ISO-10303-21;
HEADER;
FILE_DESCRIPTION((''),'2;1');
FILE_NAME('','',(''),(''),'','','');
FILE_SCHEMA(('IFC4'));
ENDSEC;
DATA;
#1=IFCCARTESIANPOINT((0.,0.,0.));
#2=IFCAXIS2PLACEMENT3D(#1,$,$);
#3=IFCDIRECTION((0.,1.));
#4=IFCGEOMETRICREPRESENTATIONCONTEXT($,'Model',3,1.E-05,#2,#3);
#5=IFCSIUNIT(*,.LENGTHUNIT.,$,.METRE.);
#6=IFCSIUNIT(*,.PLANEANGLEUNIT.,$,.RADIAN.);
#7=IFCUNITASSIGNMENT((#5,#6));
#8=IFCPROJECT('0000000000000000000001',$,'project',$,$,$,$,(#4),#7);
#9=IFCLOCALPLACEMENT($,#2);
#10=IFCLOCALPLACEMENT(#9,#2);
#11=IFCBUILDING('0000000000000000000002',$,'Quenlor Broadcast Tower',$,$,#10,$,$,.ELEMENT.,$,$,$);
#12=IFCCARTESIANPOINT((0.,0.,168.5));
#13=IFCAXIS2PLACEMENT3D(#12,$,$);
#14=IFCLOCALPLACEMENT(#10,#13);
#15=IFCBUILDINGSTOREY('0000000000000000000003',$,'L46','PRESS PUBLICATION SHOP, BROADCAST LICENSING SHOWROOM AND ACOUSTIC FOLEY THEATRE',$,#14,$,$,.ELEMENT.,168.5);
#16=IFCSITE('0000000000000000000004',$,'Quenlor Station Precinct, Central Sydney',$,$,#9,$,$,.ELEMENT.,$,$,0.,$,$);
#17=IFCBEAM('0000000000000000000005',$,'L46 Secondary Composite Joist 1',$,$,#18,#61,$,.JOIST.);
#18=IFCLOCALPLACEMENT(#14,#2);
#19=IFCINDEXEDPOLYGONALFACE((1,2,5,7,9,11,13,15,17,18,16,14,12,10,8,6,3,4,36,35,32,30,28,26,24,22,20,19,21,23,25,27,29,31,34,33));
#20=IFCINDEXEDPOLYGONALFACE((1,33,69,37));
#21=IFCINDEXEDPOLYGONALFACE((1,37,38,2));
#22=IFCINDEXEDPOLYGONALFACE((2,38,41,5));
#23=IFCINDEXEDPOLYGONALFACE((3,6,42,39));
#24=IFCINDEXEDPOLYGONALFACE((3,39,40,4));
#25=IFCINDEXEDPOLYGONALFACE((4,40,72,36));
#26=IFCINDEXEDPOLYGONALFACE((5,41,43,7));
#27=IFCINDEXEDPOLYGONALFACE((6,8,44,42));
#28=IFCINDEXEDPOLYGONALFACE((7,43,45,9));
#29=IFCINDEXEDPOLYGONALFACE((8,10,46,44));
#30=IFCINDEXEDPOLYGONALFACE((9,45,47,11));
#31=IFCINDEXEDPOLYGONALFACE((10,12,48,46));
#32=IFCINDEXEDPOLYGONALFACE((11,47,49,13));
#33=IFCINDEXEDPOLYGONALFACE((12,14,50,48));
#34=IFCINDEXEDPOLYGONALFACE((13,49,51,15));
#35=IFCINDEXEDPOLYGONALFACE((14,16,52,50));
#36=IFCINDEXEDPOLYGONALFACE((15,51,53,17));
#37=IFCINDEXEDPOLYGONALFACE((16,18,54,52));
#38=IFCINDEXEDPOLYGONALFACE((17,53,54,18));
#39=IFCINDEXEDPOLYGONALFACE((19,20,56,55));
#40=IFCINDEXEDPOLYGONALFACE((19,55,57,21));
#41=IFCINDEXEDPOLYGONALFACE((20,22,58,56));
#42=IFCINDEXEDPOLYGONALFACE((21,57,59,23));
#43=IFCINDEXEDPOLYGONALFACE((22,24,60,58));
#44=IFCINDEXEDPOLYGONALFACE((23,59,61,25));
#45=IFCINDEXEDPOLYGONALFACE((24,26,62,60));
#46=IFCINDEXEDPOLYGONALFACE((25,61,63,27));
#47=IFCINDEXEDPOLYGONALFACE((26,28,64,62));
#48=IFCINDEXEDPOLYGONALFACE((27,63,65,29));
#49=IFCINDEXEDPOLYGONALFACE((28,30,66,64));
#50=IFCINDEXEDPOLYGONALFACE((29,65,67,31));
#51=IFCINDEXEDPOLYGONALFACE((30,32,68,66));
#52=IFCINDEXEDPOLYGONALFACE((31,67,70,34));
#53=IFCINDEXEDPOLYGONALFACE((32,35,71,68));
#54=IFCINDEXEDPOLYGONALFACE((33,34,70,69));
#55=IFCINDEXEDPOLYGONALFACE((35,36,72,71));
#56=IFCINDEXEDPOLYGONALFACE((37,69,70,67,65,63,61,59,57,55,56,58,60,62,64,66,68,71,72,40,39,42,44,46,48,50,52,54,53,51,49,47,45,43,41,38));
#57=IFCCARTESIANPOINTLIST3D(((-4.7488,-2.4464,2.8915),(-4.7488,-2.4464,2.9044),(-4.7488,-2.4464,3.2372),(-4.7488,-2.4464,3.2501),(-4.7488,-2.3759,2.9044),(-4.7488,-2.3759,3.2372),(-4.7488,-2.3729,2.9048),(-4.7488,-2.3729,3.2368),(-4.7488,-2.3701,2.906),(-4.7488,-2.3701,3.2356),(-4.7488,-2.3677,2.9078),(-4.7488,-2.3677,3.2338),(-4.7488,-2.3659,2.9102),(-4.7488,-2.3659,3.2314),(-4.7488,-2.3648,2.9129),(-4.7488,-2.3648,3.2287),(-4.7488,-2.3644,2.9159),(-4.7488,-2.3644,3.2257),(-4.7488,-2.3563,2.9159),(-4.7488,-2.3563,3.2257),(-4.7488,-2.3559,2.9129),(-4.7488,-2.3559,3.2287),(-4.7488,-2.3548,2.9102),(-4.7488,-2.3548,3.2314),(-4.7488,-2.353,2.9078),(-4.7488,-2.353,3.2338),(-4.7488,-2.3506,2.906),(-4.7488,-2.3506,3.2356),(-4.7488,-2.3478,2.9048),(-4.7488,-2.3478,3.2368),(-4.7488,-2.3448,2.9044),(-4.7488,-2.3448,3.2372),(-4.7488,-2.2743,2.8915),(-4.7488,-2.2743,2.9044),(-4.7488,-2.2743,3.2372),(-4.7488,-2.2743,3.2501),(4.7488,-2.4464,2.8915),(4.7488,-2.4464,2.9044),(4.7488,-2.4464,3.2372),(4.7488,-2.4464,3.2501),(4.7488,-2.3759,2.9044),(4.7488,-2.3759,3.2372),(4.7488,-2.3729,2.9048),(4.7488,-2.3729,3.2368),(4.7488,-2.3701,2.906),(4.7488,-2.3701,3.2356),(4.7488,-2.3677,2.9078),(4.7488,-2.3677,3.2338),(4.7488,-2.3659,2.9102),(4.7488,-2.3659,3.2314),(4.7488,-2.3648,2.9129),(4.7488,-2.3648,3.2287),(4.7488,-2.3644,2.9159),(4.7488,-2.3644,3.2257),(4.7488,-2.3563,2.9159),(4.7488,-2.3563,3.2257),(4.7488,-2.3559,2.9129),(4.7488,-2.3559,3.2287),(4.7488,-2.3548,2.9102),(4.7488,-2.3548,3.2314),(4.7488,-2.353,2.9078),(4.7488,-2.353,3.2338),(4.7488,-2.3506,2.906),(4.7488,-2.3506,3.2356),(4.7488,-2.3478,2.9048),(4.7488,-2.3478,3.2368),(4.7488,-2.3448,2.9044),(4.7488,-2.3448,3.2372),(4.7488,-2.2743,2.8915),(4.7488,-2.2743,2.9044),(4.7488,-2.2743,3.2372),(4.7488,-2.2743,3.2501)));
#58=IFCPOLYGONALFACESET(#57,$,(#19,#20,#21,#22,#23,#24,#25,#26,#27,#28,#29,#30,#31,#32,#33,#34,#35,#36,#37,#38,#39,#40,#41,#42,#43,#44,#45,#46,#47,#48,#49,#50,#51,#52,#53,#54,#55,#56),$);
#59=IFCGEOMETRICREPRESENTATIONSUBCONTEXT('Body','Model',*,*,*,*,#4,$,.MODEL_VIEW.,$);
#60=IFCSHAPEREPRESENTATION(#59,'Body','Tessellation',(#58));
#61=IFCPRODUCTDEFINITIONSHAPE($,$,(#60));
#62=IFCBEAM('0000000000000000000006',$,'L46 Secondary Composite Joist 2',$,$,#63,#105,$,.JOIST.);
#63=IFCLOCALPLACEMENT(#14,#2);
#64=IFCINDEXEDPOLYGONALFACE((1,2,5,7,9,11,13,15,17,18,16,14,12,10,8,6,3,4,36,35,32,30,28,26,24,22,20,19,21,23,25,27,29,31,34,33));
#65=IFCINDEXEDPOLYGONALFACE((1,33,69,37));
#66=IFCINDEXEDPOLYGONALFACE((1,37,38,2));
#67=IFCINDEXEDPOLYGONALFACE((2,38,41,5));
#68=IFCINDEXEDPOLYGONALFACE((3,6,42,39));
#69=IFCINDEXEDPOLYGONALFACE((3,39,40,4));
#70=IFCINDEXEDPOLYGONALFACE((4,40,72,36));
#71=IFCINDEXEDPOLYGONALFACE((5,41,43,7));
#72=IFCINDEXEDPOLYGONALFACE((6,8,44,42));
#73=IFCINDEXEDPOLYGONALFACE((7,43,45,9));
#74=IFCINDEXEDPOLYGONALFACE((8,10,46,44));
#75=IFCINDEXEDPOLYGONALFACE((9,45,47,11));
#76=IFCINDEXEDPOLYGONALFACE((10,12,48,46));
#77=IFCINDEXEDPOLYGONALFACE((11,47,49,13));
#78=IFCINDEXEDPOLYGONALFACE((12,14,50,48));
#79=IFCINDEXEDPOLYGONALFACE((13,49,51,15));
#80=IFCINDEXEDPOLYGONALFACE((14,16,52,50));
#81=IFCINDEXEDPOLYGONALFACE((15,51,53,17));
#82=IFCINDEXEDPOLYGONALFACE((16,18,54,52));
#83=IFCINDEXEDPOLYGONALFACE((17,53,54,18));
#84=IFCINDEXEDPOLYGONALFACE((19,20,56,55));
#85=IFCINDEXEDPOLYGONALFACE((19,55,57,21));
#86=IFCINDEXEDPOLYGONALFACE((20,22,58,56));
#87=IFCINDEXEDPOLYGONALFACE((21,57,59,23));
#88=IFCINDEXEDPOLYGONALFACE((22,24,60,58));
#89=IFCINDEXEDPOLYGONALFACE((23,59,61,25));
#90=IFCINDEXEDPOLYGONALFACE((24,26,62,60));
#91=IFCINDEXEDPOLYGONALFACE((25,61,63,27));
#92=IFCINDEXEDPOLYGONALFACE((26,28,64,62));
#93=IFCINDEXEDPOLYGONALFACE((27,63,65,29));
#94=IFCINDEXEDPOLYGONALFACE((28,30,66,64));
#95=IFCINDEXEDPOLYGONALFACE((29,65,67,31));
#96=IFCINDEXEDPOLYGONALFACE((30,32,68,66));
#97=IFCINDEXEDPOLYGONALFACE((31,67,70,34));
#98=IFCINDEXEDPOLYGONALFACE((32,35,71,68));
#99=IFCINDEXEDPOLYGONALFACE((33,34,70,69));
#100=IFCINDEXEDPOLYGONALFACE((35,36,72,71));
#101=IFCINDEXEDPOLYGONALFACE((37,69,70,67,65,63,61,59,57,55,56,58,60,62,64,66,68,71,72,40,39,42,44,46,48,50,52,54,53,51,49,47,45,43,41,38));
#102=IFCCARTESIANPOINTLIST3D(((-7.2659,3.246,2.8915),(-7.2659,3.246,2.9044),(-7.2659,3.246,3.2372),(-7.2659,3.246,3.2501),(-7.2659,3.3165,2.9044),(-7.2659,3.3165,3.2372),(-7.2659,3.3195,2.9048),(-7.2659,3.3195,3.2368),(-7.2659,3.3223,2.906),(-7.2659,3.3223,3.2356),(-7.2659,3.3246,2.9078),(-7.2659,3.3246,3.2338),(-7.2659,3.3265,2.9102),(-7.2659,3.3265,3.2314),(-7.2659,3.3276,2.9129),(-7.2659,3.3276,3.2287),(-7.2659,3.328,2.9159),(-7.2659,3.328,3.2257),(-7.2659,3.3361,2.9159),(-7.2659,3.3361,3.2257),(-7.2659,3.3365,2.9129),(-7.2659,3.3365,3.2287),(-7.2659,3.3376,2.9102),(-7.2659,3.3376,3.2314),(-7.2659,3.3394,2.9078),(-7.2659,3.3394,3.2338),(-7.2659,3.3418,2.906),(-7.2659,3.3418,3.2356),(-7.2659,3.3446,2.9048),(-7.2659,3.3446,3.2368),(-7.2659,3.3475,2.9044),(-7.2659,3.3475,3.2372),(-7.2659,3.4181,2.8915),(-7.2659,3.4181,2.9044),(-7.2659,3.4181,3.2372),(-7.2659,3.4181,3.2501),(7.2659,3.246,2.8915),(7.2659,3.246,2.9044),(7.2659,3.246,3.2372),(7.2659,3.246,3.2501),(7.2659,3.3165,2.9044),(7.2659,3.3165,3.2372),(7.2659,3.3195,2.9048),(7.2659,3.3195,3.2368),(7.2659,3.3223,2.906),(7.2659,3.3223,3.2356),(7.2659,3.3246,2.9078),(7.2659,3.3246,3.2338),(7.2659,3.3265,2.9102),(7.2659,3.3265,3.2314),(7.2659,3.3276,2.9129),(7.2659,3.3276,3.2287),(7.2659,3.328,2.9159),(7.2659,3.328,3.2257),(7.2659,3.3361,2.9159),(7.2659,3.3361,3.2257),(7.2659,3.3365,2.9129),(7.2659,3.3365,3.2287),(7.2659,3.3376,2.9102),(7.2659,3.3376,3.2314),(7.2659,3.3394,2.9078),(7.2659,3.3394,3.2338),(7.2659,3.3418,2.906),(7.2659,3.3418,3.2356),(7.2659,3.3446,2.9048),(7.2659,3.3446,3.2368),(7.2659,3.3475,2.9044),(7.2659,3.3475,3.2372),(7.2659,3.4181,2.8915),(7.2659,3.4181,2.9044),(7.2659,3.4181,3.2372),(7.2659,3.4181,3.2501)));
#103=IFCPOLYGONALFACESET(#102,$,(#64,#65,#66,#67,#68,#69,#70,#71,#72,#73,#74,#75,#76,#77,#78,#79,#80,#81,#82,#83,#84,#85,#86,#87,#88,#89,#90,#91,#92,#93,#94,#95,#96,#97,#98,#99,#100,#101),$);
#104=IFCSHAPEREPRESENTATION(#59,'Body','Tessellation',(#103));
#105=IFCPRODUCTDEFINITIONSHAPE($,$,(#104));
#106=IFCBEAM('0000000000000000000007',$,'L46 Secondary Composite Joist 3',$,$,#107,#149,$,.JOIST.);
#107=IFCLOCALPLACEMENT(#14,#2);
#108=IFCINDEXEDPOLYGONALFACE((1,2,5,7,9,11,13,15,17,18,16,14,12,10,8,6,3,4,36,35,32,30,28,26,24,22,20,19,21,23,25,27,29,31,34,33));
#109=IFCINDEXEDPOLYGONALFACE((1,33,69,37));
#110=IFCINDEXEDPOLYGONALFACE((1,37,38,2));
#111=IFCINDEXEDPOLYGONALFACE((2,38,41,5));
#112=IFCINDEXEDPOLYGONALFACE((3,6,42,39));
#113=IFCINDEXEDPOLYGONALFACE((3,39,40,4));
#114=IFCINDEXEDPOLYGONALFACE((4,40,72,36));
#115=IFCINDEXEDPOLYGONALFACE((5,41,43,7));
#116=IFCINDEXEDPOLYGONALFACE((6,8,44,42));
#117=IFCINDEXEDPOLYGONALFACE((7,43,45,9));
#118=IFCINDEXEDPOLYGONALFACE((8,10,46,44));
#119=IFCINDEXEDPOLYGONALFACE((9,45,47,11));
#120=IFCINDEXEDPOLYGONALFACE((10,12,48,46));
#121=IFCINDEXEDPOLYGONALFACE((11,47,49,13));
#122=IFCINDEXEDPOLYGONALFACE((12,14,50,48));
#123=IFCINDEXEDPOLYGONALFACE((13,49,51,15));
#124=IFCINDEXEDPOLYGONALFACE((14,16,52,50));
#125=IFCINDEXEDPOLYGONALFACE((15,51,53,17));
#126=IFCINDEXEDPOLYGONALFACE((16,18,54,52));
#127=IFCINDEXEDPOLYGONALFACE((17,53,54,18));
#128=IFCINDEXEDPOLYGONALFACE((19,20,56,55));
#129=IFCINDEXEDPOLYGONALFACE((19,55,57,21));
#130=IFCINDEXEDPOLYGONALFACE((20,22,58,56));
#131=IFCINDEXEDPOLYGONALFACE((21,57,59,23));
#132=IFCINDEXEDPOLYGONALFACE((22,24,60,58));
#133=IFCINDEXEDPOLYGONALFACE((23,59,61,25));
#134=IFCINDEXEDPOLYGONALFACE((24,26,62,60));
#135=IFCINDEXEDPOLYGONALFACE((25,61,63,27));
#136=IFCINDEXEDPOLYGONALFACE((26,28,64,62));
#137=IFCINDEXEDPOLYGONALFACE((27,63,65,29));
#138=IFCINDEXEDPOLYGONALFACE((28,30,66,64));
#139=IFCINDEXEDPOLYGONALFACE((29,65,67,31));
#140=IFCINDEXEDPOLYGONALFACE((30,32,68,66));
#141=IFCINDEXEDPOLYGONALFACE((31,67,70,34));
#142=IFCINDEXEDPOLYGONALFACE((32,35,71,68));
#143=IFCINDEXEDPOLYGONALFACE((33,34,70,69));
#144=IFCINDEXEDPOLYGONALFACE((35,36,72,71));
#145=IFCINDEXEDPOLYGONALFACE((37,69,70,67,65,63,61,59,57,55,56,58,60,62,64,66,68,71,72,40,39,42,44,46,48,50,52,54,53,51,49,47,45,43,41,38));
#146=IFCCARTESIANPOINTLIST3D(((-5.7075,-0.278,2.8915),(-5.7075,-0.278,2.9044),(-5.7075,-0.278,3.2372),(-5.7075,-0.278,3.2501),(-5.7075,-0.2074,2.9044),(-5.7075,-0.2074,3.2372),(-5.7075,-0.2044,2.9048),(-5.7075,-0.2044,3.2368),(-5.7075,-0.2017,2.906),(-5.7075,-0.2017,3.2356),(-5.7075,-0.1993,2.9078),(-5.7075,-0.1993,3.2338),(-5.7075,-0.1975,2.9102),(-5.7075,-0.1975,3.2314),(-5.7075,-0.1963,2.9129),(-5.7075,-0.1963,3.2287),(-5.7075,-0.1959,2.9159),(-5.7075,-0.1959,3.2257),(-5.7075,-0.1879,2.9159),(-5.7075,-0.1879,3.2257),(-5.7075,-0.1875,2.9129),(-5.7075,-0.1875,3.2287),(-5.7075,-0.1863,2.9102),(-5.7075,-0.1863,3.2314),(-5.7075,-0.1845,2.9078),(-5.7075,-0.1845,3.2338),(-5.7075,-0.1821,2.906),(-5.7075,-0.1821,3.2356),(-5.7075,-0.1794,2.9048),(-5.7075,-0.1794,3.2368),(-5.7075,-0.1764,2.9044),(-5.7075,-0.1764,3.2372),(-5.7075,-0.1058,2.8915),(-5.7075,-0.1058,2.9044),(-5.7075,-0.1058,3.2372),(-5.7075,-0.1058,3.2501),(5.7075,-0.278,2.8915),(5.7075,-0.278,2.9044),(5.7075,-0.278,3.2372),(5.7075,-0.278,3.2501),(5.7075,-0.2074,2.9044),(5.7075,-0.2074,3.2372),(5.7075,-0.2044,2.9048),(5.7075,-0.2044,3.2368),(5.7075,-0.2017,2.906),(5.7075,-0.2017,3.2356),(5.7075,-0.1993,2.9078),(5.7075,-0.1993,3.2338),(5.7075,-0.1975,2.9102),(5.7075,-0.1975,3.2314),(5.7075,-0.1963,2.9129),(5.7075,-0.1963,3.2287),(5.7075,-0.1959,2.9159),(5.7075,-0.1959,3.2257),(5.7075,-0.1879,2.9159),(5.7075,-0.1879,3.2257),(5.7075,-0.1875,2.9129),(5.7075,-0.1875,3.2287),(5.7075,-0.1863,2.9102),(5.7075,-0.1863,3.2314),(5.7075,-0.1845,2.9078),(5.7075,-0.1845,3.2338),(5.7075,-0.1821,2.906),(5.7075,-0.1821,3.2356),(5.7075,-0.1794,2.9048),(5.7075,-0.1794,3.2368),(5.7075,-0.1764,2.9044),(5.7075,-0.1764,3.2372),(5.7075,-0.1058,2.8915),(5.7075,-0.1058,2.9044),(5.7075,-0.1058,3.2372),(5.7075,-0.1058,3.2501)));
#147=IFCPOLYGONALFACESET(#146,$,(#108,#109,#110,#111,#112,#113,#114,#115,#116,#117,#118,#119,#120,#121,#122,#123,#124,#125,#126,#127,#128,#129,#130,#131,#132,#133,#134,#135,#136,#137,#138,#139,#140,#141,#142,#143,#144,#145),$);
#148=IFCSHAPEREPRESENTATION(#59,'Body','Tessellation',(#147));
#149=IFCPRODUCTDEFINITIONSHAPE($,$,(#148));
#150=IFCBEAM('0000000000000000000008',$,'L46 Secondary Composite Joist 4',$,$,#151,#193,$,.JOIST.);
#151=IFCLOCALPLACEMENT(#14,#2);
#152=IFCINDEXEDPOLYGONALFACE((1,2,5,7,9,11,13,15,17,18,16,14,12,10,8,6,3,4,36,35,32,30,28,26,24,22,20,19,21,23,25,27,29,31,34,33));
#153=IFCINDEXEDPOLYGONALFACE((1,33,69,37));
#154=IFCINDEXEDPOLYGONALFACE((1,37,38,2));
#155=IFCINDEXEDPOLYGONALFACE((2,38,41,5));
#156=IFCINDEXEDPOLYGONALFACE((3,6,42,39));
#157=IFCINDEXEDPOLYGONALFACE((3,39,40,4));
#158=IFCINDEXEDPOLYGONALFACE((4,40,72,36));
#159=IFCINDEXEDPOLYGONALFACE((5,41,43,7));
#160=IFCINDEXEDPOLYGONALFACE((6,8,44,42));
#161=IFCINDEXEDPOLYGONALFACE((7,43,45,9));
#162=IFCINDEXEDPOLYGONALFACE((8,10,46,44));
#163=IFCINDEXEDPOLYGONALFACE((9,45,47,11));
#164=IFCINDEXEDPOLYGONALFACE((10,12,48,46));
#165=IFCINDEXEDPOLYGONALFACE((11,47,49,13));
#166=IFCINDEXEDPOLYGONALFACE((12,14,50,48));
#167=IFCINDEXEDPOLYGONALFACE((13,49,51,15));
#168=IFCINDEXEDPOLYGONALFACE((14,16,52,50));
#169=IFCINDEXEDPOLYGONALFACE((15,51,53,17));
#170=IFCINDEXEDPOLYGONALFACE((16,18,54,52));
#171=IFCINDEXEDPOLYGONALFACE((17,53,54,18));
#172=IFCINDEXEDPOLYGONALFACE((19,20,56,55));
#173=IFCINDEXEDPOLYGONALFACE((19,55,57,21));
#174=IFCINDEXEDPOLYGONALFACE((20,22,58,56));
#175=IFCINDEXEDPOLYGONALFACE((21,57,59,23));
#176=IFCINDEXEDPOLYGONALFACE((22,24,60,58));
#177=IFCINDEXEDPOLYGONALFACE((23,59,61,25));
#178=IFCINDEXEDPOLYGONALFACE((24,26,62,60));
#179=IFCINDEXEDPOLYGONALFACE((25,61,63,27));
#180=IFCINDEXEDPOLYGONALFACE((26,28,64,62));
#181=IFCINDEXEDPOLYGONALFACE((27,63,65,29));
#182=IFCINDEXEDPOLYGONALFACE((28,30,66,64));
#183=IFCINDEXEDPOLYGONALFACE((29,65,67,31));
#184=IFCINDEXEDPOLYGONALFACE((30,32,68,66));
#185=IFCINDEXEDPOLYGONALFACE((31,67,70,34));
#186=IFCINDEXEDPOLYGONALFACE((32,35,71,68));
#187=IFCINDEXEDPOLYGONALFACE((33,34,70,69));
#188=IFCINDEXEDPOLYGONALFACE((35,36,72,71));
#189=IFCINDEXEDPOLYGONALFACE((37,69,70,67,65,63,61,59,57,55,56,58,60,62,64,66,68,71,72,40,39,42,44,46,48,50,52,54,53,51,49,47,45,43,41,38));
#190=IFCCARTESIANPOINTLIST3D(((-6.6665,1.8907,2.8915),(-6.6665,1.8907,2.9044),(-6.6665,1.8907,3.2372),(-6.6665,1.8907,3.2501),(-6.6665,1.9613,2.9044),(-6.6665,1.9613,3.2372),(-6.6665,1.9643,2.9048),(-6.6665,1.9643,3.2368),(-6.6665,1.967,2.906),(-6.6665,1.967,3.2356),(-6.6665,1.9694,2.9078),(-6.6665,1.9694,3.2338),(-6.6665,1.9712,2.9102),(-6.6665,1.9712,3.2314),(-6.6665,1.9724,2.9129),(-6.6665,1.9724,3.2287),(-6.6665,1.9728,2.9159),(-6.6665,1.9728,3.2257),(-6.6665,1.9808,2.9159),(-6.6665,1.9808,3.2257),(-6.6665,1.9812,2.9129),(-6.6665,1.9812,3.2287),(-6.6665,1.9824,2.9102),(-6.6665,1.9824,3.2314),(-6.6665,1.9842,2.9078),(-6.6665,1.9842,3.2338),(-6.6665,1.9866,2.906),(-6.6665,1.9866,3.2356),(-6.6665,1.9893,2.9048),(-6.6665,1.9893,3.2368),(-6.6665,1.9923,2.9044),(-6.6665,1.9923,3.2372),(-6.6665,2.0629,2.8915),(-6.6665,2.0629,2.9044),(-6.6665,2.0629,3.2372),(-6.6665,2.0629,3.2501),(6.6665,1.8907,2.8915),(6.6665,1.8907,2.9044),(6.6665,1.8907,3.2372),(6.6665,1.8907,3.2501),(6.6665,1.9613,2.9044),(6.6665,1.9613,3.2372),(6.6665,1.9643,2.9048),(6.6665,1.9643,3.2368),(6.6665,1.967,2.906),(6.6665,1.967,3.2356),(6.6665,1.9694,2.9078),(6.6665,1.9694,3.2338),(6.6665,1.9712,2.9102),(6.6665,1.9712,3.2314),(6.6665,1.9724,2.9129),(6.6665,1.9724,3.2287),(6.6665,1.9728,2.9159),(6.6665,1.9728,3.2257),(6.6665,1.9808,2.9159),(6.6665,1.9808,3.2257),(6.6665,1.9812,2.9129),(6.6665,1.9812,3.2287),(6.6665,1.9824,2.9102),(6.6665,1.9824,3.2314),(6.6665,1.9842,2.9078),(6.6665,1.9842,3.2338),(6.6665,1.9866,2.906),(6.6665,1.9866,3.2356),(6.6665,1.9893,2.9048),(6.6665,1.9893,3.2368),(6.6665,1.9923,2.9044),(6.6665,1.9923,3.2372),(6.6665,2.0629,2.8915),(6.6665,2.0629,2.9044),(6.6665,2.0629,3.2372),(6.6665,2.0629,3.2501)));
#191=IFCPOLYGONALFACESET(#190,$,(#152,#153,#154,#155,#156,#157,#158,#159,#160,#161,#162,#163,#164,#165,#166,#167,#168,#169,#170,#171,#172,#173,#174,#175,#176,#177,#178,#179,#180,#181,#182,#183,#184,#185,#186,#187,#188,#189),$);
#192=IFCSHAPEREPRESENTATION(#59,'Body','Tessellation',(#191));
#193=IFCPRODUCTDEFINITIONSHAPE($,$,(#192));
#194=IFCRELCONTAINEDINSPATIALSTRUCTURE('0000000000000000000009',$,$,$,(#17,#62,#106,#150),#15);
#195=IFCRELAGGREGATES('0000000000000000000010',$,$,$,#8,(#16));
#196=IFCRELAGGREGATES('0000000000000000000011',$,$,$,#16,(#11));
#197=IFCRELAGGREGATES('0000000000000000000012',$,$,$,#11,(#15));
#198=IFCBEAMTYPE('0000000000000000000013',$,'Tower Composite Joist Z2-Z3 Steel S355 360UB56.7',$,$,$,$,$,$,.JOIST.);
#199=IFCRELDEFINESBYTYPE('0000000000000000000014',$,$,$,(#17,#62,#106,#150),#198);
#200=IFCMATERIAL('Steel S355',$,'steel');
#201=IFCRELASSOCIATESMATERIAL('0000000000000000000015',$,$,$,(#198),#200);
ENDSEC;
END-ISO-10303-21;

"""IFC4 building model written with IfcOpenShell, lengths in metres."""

from ifc_helpers import new_model, si_unit, direction, frame, origin, origin_2d, place, context, subcontext, project, spatial, i_section, extrude, material, material_profile, profile_set, type_object, element, save


model = new_model("IFC4")

# Units and contexts
model_context = context("Model", 3, precision=1e-05, world=origin(), true_north=direction((0.0, 1.0)))
body_context = subcontext(model_context, "Body", "Model", "MODEL_VIEW")
ifc_project = project(units=[si_unit("LENGTHUNIT", "METRE"), si_unit("PLANEANGLEUNIT", "RADIAN")], contexts=[model_context])

# Site, building, storey
site_placement = place(None, origin())
site = spatial("IfcSite", under=ifc_project, at=site_placement, Name="Quenlor Station Precinct, Central Sydney", CompositionType="ELEMENT", RefElevation=0.0)
building_placement = place(site_placement, origin())
building = spatial("IfcBuilding", under=site, at=building_placement, Name="Quenlor Broadcast Tower", CompositionType="ELEMENT")
storey_placement = place(building_placement, frame((0.0, 0.0, 168.5)))
storey = spatial("IfcBuildingStorey", under=building, at=storey_placement, Name="L46", Description="PRESS PUBLICATION SHOP, BROADCAST LICENSING SHOWROOM AND ACOUSTIC FOLEY THEATRE", CompositionType="ELEMENT", Elevation=168.5)

# Beams
ifc_material_1 = material(Name="Steel S355", Category="steel")
ifc_material_profile_1 = material_profile(ifc_material_1, i_section(OverallWidth=0.1721, OverallDepth=0.3586, WebThickness=0.0081, FlangeThickness=0.0129, FilletRadius=0.0115, at=origin_2d()))
ifc_profile_set_1 = profile_set([ifc_material_profile_1], Name="Steel S355 360UB56.7")
beam_type_1 = type_object("IfcBeamType", Name="Tower Composite Joist Z2-Z3 Steel S355 360UB56.7", PredefinedType="JOIST", material=ifc_profile_set_1)
beam_1_placement = place(storey_placement, frame((-4.7488, -2.3604, 3.0708), z_axis=(1.0, 0.0, 0.0), x_axis=(0.0, 1.0, 0.0)))
element("IfcBeam", 1, at=beam_1_placement, inside=storey, type_object=beam_type_1, Name="L46 Secondary Composite Joist 1", PredefinedType="JOIST", context=body_context, shape_type="SweptSolid", body=[
    extrude(i_section(OverallWidth=0.1721, OverallDepth=0.3586, WebThickness=0.0081, FlangeThickness=0.0129, FilletRadius=0.0115, at=origin_2d()), origin(), (0.0, 0.0, 1.0), 9.4976),
])
beam_2_placement = place(storey_placement, frame((-7.2659, 3.332, 3.0708), z_axis=(1.0, 0.0, 0.0), x_axis=(0.0, 1.0, 0.0)))
element("IfcBeam", 2, at=beam_2_placement, inside=storey, type_object=beam_type_1, Name="L46 Secondary Composite Joist 2", PredefinedType="JOIST", context=body_context, shape_type="SweptSolid", body=[
    extrude(i_section(OverallWidth=0.1721, OverallDepth=0.3586, WebThickness=0.0081, FlangeThickness=0.0129, FilletRadius=0.0115, at=origin_2d()), origin(), (0.0, 0.0, 1.0), 14.5317),
])
beam_3_placement = place(storey_placement, frame((-5.7075, -0.1919, 3.0708), z_axis=(1.0, 0.0, 0.0), x_axis=(0.0, 1.0, 0.0)))
element("IfcBeam", 3, at=beam_3_placement, inside=storey, type_object=beam_type_1, Name="L46 Secondary Composite Joist 3", PredefinedType="JOIST", context=body_context, shape_type="SweptSolid", body=[
    extrude(i_section(OverallWidth=0.1721, OverallDepth=0.3586, WebThickness=0.0081, FlangeThickness=0.0129, FilletRadius=0.0115, at=origin_2d()), origin(), (0.0, 0.0, 1.0), 11.415),
])
beam_4_placement = place(storey_placement, frame((-6.6665, 1.9768, 3.0708), z_axis=(1.0, 0.0, 0.0), x_axis=(0.0, 1.0, 0.0)))
element("IfcBeam", 4, at=beam_4_placement, inside=storey, type_object=beam_type_1, Name="L46 Secondary Composite Joist 4", PredefinedType="JOIST", context=body_context, shape_type="SweptSolid", body=[
    extrude(i_section(OverallWidth=0.1721, OverallDepth=0.3586, WebThickness=0.0081, FlangeThickness=0.0129, FilletRadius=0.0115, at=origin_2d()), origin(), (0.0, 0.0, 1.0), 13.333),
])

save(model, "model.ifc")
